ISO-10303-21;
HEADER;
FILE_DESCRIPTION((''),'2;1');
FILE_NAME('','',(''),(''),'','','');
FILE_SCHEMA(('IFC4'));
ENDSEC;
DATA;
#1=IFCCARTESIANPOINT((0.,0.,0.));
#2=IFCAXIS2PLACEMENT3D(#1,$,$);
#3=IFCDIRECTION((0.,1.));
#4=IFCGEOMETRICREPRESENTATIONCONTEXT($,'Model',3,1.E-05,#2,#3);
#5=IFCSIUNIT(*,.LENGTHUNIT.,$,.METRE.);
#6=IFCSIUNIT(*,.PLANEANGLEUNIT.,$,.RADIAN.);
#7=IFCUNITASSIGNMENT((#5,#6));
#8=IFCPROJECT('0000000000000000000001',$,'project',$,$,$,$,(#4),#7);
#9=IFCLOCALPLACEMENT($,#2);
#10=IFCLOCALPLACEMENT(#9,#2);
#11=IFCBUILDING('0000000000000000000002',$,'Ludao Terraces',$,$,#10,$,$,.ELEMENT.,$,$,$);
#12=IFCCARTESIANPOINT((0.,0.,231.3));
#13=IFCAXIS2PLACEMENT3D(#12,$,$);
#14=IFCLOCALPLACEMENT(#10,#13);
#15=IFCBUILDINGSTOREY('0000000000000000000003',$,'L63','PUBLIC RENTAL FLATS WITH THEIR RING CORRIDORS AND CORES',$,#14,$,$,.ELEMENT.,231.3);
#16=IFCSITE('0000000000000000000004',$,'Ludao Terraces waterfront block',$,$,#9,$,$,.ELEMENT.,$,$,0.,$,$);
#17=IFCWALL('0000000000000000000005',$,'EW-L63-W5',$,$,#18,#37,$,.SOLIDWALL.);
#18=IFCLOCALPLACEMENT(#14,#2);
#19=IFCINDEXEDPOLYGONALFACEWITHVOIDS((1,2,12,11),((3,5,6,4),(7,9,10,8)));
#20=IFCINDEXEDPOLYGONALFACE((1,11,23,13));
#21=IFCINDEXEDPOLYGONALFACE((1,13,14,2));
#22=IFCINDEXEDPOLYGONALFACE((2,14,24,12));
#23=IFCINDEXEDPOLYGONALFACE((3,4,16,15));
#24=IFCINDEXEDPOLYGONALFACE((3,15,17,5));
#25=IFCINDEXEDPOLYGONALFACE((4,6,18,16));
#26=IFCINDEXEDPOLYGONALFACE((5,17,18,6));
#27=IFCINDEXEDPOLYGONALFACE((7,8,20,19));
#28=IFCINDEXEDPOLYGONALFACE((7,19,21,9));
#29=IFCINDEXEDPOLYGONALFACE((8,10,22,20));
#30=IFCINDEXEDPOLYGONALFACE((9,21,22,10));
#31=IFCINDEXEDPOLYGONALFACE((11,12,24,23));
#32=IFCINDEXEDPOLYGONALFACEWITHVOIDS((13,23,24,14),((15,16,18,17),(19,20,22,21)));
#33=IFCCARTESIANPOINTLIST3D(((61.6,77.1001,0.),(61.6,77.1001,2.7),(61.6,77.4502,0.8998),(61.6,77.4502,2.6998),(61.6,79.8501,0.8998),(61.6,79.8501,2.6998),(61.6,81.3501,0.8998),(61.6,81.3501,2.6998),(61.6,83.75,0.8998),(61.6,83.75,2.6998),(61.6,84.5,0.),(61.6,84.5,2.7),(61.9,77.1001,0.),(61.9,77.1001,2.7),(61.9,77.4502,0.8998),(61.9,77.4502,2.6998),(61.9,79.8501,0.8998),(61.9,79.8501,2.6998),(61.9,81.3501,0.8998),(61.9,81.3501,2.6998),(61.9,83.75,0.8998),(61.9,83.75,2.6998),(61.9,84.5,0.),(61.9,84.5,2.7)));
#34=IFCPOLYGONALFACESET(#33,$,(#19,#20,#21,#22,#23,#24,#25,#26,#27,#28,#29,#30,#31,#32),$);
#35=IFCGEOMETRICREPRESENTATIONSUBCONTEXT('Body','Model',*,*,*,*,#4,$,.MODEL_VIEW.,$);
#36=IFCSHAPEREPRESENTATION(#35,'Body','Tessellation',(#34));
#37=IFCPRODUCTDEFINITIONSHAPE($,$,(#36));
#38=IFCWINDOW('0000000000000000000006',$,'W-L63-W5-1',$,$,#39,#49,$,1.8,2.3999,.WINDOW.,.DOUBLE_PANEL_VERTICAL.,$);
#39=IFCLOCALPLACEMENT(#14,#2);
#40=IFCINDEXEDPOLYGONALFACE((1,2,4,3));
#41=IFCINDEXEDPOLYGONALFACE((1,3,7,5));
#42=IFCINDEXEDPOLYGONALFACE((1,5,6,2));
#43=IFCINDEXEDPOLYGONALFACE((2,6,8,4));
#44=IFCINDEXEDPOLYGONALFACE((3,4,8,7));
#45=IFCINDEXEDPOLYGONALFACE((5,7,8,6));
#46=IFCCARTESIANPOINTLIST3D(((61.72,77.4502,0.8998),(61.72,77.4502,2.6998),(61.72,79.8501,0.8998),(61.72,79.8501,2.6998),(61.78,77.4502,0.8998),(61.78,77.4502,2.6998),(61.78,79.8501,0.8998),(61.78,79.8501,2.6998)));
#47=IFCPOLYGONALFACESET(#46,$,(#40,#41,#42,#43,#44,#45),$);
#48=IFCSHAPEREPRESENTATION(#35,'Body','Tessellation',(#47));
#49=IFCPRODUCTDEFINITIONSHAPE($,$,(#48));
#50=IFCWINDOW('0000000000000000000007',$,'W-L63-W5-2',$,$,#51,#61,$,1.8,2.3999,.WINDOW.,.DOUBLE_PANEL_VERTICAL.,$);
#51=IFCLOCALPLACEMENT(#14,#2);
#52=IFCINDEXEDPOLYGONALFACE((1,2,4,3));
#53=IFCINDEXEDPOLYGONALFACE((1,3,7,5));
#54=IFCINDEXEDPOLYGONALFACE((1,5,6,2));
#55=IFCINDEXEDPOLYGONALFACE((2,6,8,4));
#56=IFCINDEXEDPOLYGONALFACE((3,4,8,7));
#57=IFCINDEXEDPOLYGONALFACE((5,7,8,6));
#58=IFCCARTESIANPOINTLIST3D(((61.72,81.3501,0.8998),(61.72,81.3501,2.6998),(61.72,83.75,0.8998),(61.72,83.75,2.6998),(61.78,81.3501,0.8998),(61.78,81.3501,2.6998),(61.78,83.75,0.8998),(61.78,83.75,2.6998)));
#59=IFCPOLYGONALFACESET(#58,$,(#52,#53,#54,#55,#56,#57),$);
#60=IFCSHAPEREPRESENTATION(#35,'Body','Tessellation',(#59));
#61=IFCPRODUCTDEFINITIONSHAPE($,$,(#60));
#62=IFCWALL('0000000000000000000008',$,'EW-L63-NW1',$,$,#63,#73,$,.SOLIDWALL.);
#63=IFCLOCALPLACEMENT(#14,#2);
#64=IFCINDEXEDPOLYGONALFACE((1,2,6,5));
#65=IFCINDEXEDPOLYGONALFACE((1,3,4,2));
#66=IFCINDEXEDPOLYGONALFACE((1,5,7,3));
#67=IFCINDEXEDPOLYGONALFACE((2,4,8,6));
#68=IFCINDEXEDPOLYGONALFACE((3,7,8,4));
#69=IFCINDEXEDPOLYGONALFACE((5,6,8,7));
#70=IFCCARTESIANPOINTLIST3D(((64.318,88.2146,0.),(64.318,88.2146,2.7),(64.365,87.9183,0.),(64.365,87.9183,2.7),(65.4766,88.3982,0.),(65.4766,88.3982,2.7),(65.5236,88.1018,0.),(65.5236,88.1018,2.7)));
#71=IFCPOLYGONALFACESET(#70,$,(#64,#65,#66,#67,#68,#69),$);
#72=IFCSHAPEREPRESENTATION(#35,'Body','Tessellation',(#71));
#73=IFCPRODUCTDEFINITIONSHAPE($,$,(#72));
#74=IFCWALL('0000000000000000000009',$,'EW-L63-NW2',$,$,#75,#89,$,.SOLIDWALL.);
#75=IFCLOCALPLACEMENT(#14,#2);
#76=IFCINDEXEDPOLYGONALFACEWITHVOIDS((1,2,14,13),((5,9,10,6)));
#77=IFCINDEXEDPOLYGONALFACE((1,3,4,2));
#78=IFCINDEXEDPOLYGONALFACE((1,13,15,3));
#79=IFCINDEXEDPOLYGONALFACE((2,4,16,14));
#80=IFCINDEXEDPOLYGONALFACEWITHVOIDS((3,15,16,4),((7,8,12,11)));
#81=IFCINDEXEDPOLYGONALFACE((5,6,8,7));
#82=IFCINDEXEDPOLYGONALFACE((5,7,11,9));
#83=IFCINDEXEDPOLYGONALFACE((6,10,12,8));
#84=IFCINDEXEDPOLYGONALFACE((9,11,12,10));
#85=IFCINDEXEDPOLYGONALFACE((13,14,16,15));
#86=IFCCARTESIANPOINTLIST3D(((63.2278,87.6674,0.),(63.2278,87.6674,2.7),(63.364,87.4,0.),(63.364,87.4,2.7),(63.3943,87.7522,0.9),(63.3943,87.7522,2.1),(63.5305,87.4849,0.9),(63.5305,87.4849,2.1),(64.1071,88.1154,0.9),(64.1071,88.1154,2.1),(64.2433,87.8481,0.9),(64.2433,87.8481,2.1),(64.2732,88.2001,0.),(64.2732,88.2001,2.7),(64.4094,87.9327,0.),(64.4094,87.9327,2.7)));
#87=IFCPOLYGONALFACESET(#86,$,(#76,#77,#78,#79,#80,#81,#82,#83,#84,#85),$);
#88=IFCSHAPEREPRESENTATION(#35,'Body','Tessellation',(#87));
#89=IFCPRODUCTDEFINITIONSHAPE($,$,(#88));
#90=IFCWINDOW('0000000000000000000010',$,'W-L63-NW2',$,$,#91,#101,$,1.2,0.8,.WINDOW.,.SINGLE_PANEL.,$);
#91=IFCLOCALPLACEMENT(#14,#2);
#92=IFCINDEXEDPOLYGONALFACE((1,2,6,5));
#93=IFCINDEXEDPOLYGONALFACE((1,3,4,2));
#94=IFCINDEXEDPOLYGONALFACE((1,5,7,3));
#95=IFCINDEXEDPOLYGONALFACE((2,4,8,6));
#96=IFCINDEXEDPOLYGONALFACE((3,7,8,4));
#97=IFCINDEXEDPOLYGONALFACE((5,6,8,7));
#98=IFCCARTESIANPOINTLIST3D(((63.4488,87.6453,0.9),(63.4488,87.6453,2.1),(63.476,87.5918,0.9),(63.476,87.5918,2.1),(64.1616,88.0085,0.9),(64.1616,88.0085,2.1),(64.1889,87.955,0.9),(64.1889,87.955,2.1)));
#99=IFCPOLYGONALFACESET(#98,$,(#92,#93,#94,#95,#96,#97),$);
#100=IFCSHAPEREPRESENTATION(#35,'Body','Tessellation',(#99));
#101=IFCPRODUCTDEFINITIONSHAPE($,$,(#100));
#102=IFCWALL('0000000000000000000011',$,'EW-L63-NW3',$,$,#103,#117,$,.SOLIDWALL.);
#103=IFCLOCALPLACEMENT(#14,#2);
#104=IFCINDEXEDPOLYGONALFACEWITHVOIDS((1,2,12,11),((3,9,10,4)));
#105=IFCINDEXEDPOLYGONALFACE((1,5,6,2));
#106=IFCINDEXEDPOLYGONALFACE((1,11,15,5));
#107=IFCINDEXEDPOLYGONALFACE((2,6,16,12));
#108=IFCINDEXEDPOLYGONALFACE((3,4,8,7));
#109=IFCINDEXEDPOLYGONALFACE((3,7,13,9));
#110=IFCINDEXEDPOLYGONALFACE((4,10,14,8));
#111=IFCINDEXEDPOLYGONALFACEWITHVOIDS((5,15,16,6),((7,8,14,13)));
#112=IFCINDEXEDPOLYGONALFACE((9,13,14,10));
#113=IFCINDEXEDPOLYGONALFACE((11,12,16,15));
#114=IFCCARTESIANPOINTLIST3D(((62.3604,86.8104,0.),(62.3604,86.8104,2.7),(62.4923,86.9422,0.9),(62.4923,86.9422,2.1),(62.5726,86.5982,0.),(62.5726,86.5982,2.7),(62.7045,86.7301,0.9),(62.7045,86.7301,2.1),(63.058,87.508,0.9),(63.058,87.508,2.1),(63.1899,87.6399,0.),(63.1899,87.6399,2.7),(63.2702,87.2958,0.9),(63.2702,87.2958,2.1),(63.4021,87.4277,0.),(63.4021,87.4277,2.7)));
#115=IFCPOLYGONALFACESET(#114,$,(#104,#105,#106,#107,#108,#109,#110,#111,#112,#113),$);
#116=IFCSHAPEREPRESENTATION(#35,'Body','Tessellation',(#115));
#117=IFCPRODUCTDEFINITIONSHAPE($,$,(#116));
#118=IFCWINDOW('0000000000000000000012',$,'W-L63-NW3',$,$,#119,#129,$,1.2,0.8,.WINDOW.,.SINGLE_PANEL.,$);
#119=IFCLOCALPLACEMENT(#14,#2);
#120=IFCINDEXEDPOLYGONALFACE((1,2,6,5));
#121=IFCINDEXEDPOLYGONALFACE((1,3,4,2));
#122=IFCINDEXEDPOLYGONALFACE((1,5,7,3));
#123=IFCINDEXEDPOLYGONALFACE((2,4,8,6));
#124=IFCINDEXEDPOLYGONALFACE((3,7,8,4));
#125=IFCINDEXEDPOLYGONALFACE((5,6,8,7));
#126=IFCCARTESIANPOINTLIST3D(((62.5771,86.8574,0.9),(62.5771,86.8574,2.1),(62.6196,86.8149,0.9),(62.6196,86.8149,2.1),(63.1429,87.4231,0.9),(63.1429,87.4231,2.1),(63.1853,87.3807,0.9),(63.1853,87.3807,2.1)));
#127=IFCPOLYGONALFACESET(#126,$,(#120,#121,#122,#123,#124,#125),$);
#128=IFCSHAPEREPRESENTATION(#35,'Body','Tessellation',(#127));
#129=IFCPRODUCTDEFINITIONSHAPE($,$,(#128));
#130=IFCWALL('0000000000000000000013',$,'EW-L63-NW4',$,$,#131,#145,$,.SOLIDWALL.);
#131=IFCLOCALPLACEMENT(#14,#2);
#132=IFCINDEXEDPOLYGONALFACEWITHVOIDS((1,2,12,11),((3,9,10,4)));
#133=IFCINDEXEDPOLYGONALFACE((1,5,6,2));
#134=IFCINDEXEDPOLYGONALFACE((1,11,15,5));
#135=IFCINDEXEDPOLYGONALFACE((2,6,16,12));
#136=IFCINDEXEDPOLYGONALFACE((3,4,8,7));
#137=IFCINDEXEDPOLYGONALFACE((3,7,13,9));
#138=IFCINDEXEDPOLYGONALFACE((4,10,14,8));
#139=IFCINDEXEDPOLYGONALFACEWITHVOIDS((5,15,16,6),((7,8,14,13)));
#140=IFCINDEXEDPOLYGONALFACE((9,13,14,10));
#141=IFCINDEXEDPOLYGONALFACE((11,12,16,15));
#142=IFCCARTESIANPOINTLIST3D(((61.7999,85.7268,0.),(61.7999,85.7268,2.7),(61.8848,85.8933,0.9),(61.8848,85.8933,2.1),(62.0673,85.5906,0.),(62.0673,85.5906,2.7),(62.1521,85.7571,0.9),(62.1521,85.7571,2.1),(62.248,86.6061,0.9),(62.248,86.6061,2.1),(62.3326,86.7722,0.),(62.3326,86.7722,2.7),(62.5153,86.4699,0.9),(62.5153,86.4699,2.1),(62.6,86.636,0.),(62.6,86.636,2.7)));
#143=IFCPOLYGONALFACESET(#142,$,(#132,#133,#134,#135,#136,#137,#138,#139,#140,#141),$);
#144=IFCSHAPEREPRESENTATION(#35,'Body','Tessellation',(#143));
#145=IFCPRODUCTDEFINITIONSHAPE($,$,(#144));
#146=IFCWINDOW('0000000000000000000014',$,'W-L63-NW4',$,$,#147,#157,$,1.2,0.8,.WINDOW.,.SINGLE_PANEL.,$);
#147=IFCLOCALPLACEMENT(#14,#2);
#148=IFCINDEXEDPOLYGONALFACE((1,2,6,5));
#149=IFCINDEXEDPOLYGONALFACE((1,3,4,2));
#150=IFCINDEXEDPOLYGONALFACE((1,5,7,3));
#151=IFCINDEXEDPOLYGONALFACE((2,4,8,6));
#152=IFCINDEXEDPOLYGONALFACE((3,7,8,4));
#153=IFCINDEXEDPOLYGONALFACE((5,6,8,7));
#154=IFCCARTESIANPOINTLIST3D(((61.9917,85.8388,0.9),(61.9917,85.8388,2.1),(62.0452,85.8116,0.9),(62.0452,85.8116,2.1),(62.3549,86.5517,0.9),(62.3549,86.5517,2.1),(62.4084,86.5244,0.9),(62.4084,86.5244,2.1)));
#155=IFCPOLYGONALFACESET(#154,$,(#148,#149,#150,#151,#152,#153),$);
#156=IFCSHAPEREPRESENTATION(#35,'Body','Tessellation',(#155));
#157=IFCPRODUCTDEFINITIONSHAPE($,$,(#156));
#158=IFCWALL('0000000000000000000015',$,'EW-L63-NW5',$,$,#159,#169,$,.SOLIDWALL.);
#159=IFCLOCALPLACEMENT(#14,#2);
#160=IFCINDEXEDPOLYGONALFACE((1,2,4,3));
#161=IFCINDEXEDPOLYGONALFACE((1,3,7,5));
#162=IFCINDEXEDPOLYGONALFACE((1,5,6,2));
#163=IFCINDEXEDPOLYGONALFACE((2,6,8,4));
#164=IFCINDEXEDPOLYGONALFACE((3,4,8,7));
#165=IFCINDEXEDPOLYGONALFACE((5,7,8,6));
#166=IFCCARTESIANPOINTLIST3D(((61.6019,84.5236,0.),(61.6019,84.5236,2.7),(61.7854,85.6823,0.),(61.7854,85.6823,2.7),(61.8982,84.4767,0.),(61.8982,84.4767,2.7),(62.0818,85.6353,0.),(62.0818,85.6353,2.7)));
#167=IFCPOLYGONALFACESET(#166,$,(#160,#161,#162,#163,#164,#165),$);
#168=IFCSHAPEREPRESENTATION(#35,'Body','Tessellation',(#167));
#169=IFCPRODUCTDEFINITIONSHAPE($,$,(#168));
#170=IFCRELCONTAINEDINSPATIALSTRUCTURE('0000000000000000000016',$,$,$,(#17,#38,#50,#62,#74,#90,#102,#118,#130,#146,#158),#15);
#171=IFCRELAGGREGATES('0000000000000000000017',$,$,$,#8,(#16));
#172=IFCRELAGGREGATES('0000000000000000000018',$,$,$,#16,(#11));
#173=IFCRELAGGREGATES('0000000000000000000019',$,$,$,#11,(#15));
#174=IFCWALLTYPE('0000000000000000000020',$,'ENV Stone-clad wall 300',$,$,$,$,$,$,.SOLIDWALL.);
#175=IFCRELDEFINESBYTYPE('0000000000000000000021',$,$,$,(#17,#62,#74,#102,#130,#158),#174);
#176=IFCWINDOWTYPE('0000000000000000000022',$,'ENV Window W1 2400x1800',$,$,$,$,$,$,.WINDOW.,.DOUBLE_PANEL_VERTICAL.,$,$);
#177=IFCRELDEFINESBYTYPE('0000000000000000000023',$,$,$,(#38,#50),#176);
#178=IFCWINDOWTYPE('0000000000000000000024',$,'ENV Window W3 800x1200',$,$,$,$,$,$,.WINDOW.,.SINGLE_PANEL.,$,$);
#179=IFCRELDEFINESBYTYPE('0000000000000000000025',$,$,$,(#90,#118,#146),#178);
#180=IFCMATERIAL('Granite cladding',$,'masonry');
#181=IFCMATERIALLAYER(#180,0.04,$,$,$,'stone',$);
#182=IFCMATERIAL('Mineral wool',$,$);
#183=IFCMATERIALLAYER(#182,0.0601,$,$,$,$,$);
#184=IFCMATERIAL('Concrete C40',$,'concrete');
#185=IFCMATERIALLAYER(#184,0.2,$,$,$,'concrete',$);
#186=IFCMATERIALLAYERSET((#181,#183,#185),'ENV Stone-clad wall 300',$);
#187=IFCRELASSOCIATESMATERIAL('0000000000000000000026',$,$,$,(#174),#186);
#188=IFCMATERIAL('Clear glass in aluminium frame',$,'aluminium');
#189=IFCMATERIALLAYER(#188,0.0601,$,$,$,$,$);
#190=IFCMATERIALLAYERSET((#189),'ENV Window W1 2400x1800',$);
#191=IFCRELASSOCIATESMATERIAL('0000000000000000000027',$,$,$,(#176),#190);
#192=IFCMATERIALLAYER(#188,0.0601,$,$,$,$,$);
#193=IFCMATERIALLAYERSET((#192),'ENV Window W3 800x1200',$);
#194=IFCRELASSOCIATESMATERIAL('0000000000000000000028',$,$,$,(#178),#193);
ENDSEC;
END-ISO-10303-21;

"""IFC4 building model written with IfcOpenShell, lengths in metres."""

from ifc_helpers import new_model, si_unit, direction, frame, frame_2d, origin, place, context, subcontext, project, spatial, rectangle, extrude, material, layer, layer_set, type_object, element, fill, save


model = new_model("IFC4")

# Units and contexts
model_context = context("Model", 3, precision=1e-05, world=origin(), true_north=direction((0.0, 1.0)))
body_context = subcontext(model_context, "Body", "Model", "MODEL_VIEW")
ifc_project = project(units=[si_unit("LENGTHUNIT", "METRE"), si_unit("PLANEANGLEUNIT", "RADIAN")], contexts=[model_context])

# Site, building, storey
site_placement = place(None, origin())
site = spatial("IfcSite", under=ifc_project, at=site_placement, Name="Ludao Terraces waterfront block", CompositionType="ELEMENT", RefElevation=0.0)
building_placement = place(site_placement, origin())
building = spatial("IfcBuilding", under=site, at=building_placement, Name="Ludao Terraces", CompositionType="ELEMENT")
storey_placement = place(building_placement, frame((0.0, 0.0, 231.3)))
storey = spatial("IfcBuildingStorey", under=building, at=storey_placement, Name="L63", Description="PUBLIC RENTAL FLATS WITH THEIR RING CORRIDORS AND CORES", CompositionType="ELEMENT", Elevation=231.3)

# Shared definitions
ifc_material_1 = material(Name="Concrete C40", Category="concrete")

# Wall, openings, windows
ifc_material_2 = material(Name="Granite cladding", Category="masonry")
ifc_layer_1 = layer(ifc_material_2, 0.04, Category="stone")
ifc_material_3 = material(Name="Mineral wool")
ifc_layer_2 = layer(ifc_material_3, 0.0601)
ifc_layer_3 = layer(ifc_material_1, 0.2, Category="concrete")
ifc_layer_set_1 = layer_set([ifc_layer_1, ifc_layer_2, ifc_layer_3], Name="ENV Stone-clad wall 300")
wall_type_1 = type_object("IfcWallType", Name="ENV Stone-clad wall 300", PredefinedType="SOLIDWALL", material=ifc_layer_set_1)
ifc_material_4 = material(Name="Clear glass in aluminium frame", Category="aluminium")
ifc_layer_4 = layer(ifc_material_4, 0.0601)
ifc_layer_set_2 = layer_set([ifc_layer_4], Name="ENV Window W1 2400x1800")
window_type_1 = type_object("IfcWindowType", Name="ENV Window W1 2400x1800", PartitioningType="DOUBLE_PANEL_VERTICAL", PredefinedType="WINDOW", material=ifc_layer_set_2)
wall_1_placement = place(storey_placement, frame((61.75, 77.1001, 0.0), z_axis=(0.0, 0.0, 1.0), x_axis=(0.0, 1.0, 0.0)))
wall_1 = element("IfcWall", 1, at=wall_1_placement, inside=storey, type_object=wall_type_1, Name="EW-L63-W5", PredefinedType="SOLIDWALL", context=body_context, shape_type="SweptSolid", body=[
    extrude(rectangle(XDim=7.3999, YDim=0.3, at=frame_2d((3.7, 0.0))), origin(), (0.0, 0.0, 1.0), 2.7),
])
opening_1_placement = place(wall_1_placement, frame((0.3501, 0.0, 0.8999)))
opening_1 = element("IfcOpeningElement", 2, at=opening_1_placement, cuts=wall_1, PredefinedType="OPENING", context=body_context, shape_type="SweptSolid", body=[
    extrude(rectangle(XDim=2.3999, YDim=1.8, at=frame_2d((1.2, 0.8999))), frame((0.0, 0.1602, 0.0), z_axis=(0.0, -1.0, 0.0), x_axis=(1.0, 0.0, 0.0)), (0.0, 0.0, 1.0), 0.3201),
])
opening_2_placement = place(wall_1_placement, frame((4.25, 0.0, 0.8999)))
opening_2 = element("IfcOpeningElement", 3, at=opening_2_placement, cuts=wall_1, PredefinedType="OPENING", context=body_context, shape_type="SweptSolid", body=[
    extrude(rectangle(XDim=2.3999, YDim=1.8, at=frame_2d((1.2, 0.8999))), frame((0.0, 0.1602, 0.0), z_axis=(0.0, -1.0, 0.0), x_axis=(1.0, 0.0, 0.0)), (0.0, 0.0, 1.0), 0.3201),
])
window_1_placement = place(opening_1_placement, origin())
window_1 = element("IfcWindow", 4, at=window_1_placement, inside=storey, type_object=window_type_1, Name="W-L63-W5-1", OverallHeight=1.8, OverallWidth=2.3999, PartitioningType="DOUBLE_PANEL_VERTICAL", PredefinedType="WINDOW", context=body_context, shape_type="SweptSolid", body=[
    extrude(rectangle(XDim=2.3999, YDim=1.8, at=frame_2d((1.2, 0.8999))), frame((0.0, 0.03, 0.0), z_axis=(0.0, -1.0, 0.0), x_axis=(1.0, 0.0, 0.0)), (0.0, 0.0, 1.0), 0.0601),
])
fill(opening_1, window_1)
window_2_placement = place(opening_2_placement, origin())
window_2 = element("IfcWindow", 5, at=window_2_placement, inside=storey, type_object=window_type_1, Name="W-L63-W5-2", OverallHeight=1.8, OverallWidth=2.3999, PartitioningType="DOUBLE_PANEL_VERTICAL", PredefinedType="WINDOW", context=body_context, shape_type="SweptSolid", body=[
    extrude(rectangle(XDim=2.3999, YDim=1.8, at=frame_2d((1.2, 0.8999))), frame((0.0, 0.03, 0.0), z_axis=(0.0, -1.0, 0.0), x_axis=(1.0, 0.0, 0.0)), (0.0, 0.0, 1.0), 0.0601),
])
fill(opening_2, window_2)

# Wall
wall_2_placement = place(storey_placement, frame((65.5, 88.25, 0.0), z_axis=(0.0, 0.0, 1.0), x_axis=(-0.987678, -0.156497, 0.0)))
element("IfcWall", 6, at=wall_2_placement, inside=storey, type_object=wall_type_1, Name="EW-L63-NW1", PredefinedType="SOLIDWALL", context=body_context, shape_type="SweptSolid", body=[
    extrude(rectangle(XDim=1.1731, YDim=0.3, at=frame_2d((0.5864, 0.0))), origin(), (0.0, 0.0, 1.0), 2.7),
])

# Walls, openings, windows
wall_3_placement = place(storey_placement, frame((64.3413, 88.0664, 0.0), z_axis=(0.0, 0.0, 1.0), x_axis=(-0.890989, -0.454026, 0.0)))
wall_3 = element("IfcWall", 7, at=wall_3_placement, inside=storey, type_object=wall_type_1, Name="EW-L63-NW2", PredefinedType="SOLIDWALL", context=body_context, shape_type="SweptSolid", body=[
    extrude(rectangle(XDim=1.1733, YDim=0.3, at=frame_2d((0.5867, 0.0))), origin(), (0.0, 0.0, 1.0), 2.7),
])
opening_3_placement = place(wall_3_placement, frame((0.1865, 0.0, 0.8999)))
opening_3 = element("IfcOpeningElement", 8, at=opening_3_placement, cuts=wall_3, PredefinedType="OPENING", context=body_context, shape_type="SweptSolid", body=[
    extrude(rectangle(XDim=0.8, YDim=1.2, at=frame_2d((0.3999, 0.6001))), frame((0.0, 0.1602, 0.0), z_axis=(0.0, -1.0, 0.0), x_axis=(1.0, 0.0, 0.0)), (0.0, 0.0, 1.0), 0.3201),
])
ifc_layer_5 = layer(ifc_material_4, 0.0601)
ifc_layer_set_3 = layer_set([ifc_layer_5], Name="ENV Window W3 800x1200")
window_type_2 = type_object("IfcWindowType", Name="ENV Window W3 800x1200", PartitioningType="SINGLE_PANEL", PredefinedType="WINDOW", material=ifc_layer_set_3)
window_3_placement = place(opening_3_placement, origin())
window_3 = element("IfcWindow", 9, at=window_3_placement, inside=storey, type_object=window_type_2, Name="W-L63-NW2", OverallHeight=1.2, OverallWidth=0.8, PartitioningType="SINGLE_PANEL", PredefinedType="WINDOW", context=body_context, shape_type="SweptSolid", body=[
    extrude(rectangle(XDim=0.8, YDim=1.2, at=frame_2d((0.3999, 0.6001))), frame((0.0, 0.03, 0.0), z_axis=(0.0, -1.0, 0.0), x_axis=(1.0, 0.0, 0.0)), (0.0, 0.0, 1.0), 0.0601),
])
fill(opening_3, window_3)
wall_4_placement = place(storey_placement, frame((63.2959, 87.5337, 0.0), z_axis=(0.0, 0.0, 1.0), x_axis=(-0.707107, -0.707107, 0.0)))
wall_4 = element("IfcWall", 10, at=wall_4_placement, inside=storey, type_object=wall_type_1, Name="EW-L63-NW3", PredefinedType="SOLIDWALL", context=body_context, shape_type="SweptSolid", body=[
    extrude(rectangle(XDim=1.1731, YDim=0.3, at=frame_2d((0.5864, 0.0))), origin(), (0.0, 0.0, 1.0), 2.7),
])
opening_4_placement = place(wall_4_placement, frame((0.1865, 0.0, 0.8999)))
opening_4 = element("IfcOpeningElement", 11, at=opening_4_placement, cuts=wall_4, PredefinedType="OPENING", context=body_context, shape_type="SweptSolid", body=[
    extrude(rectangle(XDim=0.8, YDim=1.2, at=frame_2d((0.3999, 0.6001))), frame((0.0, 0.1602, 0.0), z_axis=(0.0, -1.0, 0.0), x_axis=(1.0, 0.0, 0.0)), (0.0, 0.0, 1.0), 0.3201),
])
window_4_placement = place(opening_4_placement, origin())
window_4 = element("IfcWindow", 12, at=window_4_placement, inside=storey, type_object=window_type_2, Name="W-L63-NW3", OverallHeight=1.2, OverallWidth=0.8, PartitioningType="SINGLE_PANEL", PredefinedType="WINDOW", context=body_context, shape_type="SweptSolid", body=[
    extrude(rectangle(XDim=0.8, YDim=1.2, at=frame_2d((0.3999, 0.6001))), frame((0.0, 0.03, 0.0), z_axis=(0.0, -1.0, 0.0), x_axis=(1.0, 0.0, 0.0)), (0.0, 0.0, 1.0), 0.0601),
])
fill(opening_4, window_4)
wall_5_placement = place(storey_placement, frame((62.4663, 86.7041, 0.0), z_axis=(0.0, 0.0, 1.0), x_axis=(-0.454026, -0.890989, 0.0)))
wall_5 = element("IfcWall", 13, at=wall_5_placement, inside=storey, type_object=wall_type_1, Name="EW-L63-NW4", PredefinedType="SOLIDWALL", context=body_context, shape_type="SweptSolid", body=[
    extrude(rectangle(XDim=1.1733, YDim=0.3, at=frame_2d((0.5867, 0.0))), origin(), (0.0, 0.0, 1.0), 2.7),
])
opening_5_placement = place(wall_5_placement, frame((0.1865, 0.0, 0.8999)))
opening_5 = element("IfcOpeningElement", 14, at=opening_5_placement, cuts=wall_5, PredefinedType="OPENING", context=body_context, shape_type="SweptSolid", body=[
    extrude(rectangle(XDim=0.8, YDim=1.2, at=frame_2d((0.3999, 0.6001))), frame((0.0, 0.1602, 0.0), z_axis=(0.0, -1.0, 0.0), x_axis=(1.0, 0.0, 0.0)), (0.0, 0.0, 1.0), 0.3201),
])
window_5_placement = place(opening_5_placement, origin())
window_5 = element("IfcWindow", 15, at=window_5_placement, inside=storey, type_object=window_type_2, Name="W-L63-NW4", OverallHeight=1.2, OverallWidth=0.8, PartitioningType="SINGLE_PANEL", PredefinedType="WINDOW", context=body_context, shape_type="SweptSolid", body=[
    extrude(rectangle(XDim=0.8, YDim=1.2, at=frame_2d((0.3999, 0.6001))), frame((0.0, 0.03, 0.0), z_axis=(0.0, -1.0, 0.0), x_axis=(1.0, 0.0, 0.0)), (0.0, 0.0, 1.0), 0.0601),
])
fill(opening_5, window_5)

# Wall
wall_6_placement = place(storey_placement, frame((61.9336, 85.6587, 0.0), z_axis=(0.0, 0.0, 1.0), x_axis=(-0.156497, -0.987678, 0.0)))
element("IfcWall", 16, at=wall_6_placement, inside=storey, type_object=wall_type_1, Name="EW-L63-NW5", PredefinedType="SOLIDWALL", context=body_context, shape_type="SweptSolid", body=[
    extrude(rectangle(XDim=1.1731, YDim=0.3, at=frame_2d((0.5864, 0.0))), origin(), (0.0, 0.0, 1.0), 2.7),
])

save(model, "model.ifc")
